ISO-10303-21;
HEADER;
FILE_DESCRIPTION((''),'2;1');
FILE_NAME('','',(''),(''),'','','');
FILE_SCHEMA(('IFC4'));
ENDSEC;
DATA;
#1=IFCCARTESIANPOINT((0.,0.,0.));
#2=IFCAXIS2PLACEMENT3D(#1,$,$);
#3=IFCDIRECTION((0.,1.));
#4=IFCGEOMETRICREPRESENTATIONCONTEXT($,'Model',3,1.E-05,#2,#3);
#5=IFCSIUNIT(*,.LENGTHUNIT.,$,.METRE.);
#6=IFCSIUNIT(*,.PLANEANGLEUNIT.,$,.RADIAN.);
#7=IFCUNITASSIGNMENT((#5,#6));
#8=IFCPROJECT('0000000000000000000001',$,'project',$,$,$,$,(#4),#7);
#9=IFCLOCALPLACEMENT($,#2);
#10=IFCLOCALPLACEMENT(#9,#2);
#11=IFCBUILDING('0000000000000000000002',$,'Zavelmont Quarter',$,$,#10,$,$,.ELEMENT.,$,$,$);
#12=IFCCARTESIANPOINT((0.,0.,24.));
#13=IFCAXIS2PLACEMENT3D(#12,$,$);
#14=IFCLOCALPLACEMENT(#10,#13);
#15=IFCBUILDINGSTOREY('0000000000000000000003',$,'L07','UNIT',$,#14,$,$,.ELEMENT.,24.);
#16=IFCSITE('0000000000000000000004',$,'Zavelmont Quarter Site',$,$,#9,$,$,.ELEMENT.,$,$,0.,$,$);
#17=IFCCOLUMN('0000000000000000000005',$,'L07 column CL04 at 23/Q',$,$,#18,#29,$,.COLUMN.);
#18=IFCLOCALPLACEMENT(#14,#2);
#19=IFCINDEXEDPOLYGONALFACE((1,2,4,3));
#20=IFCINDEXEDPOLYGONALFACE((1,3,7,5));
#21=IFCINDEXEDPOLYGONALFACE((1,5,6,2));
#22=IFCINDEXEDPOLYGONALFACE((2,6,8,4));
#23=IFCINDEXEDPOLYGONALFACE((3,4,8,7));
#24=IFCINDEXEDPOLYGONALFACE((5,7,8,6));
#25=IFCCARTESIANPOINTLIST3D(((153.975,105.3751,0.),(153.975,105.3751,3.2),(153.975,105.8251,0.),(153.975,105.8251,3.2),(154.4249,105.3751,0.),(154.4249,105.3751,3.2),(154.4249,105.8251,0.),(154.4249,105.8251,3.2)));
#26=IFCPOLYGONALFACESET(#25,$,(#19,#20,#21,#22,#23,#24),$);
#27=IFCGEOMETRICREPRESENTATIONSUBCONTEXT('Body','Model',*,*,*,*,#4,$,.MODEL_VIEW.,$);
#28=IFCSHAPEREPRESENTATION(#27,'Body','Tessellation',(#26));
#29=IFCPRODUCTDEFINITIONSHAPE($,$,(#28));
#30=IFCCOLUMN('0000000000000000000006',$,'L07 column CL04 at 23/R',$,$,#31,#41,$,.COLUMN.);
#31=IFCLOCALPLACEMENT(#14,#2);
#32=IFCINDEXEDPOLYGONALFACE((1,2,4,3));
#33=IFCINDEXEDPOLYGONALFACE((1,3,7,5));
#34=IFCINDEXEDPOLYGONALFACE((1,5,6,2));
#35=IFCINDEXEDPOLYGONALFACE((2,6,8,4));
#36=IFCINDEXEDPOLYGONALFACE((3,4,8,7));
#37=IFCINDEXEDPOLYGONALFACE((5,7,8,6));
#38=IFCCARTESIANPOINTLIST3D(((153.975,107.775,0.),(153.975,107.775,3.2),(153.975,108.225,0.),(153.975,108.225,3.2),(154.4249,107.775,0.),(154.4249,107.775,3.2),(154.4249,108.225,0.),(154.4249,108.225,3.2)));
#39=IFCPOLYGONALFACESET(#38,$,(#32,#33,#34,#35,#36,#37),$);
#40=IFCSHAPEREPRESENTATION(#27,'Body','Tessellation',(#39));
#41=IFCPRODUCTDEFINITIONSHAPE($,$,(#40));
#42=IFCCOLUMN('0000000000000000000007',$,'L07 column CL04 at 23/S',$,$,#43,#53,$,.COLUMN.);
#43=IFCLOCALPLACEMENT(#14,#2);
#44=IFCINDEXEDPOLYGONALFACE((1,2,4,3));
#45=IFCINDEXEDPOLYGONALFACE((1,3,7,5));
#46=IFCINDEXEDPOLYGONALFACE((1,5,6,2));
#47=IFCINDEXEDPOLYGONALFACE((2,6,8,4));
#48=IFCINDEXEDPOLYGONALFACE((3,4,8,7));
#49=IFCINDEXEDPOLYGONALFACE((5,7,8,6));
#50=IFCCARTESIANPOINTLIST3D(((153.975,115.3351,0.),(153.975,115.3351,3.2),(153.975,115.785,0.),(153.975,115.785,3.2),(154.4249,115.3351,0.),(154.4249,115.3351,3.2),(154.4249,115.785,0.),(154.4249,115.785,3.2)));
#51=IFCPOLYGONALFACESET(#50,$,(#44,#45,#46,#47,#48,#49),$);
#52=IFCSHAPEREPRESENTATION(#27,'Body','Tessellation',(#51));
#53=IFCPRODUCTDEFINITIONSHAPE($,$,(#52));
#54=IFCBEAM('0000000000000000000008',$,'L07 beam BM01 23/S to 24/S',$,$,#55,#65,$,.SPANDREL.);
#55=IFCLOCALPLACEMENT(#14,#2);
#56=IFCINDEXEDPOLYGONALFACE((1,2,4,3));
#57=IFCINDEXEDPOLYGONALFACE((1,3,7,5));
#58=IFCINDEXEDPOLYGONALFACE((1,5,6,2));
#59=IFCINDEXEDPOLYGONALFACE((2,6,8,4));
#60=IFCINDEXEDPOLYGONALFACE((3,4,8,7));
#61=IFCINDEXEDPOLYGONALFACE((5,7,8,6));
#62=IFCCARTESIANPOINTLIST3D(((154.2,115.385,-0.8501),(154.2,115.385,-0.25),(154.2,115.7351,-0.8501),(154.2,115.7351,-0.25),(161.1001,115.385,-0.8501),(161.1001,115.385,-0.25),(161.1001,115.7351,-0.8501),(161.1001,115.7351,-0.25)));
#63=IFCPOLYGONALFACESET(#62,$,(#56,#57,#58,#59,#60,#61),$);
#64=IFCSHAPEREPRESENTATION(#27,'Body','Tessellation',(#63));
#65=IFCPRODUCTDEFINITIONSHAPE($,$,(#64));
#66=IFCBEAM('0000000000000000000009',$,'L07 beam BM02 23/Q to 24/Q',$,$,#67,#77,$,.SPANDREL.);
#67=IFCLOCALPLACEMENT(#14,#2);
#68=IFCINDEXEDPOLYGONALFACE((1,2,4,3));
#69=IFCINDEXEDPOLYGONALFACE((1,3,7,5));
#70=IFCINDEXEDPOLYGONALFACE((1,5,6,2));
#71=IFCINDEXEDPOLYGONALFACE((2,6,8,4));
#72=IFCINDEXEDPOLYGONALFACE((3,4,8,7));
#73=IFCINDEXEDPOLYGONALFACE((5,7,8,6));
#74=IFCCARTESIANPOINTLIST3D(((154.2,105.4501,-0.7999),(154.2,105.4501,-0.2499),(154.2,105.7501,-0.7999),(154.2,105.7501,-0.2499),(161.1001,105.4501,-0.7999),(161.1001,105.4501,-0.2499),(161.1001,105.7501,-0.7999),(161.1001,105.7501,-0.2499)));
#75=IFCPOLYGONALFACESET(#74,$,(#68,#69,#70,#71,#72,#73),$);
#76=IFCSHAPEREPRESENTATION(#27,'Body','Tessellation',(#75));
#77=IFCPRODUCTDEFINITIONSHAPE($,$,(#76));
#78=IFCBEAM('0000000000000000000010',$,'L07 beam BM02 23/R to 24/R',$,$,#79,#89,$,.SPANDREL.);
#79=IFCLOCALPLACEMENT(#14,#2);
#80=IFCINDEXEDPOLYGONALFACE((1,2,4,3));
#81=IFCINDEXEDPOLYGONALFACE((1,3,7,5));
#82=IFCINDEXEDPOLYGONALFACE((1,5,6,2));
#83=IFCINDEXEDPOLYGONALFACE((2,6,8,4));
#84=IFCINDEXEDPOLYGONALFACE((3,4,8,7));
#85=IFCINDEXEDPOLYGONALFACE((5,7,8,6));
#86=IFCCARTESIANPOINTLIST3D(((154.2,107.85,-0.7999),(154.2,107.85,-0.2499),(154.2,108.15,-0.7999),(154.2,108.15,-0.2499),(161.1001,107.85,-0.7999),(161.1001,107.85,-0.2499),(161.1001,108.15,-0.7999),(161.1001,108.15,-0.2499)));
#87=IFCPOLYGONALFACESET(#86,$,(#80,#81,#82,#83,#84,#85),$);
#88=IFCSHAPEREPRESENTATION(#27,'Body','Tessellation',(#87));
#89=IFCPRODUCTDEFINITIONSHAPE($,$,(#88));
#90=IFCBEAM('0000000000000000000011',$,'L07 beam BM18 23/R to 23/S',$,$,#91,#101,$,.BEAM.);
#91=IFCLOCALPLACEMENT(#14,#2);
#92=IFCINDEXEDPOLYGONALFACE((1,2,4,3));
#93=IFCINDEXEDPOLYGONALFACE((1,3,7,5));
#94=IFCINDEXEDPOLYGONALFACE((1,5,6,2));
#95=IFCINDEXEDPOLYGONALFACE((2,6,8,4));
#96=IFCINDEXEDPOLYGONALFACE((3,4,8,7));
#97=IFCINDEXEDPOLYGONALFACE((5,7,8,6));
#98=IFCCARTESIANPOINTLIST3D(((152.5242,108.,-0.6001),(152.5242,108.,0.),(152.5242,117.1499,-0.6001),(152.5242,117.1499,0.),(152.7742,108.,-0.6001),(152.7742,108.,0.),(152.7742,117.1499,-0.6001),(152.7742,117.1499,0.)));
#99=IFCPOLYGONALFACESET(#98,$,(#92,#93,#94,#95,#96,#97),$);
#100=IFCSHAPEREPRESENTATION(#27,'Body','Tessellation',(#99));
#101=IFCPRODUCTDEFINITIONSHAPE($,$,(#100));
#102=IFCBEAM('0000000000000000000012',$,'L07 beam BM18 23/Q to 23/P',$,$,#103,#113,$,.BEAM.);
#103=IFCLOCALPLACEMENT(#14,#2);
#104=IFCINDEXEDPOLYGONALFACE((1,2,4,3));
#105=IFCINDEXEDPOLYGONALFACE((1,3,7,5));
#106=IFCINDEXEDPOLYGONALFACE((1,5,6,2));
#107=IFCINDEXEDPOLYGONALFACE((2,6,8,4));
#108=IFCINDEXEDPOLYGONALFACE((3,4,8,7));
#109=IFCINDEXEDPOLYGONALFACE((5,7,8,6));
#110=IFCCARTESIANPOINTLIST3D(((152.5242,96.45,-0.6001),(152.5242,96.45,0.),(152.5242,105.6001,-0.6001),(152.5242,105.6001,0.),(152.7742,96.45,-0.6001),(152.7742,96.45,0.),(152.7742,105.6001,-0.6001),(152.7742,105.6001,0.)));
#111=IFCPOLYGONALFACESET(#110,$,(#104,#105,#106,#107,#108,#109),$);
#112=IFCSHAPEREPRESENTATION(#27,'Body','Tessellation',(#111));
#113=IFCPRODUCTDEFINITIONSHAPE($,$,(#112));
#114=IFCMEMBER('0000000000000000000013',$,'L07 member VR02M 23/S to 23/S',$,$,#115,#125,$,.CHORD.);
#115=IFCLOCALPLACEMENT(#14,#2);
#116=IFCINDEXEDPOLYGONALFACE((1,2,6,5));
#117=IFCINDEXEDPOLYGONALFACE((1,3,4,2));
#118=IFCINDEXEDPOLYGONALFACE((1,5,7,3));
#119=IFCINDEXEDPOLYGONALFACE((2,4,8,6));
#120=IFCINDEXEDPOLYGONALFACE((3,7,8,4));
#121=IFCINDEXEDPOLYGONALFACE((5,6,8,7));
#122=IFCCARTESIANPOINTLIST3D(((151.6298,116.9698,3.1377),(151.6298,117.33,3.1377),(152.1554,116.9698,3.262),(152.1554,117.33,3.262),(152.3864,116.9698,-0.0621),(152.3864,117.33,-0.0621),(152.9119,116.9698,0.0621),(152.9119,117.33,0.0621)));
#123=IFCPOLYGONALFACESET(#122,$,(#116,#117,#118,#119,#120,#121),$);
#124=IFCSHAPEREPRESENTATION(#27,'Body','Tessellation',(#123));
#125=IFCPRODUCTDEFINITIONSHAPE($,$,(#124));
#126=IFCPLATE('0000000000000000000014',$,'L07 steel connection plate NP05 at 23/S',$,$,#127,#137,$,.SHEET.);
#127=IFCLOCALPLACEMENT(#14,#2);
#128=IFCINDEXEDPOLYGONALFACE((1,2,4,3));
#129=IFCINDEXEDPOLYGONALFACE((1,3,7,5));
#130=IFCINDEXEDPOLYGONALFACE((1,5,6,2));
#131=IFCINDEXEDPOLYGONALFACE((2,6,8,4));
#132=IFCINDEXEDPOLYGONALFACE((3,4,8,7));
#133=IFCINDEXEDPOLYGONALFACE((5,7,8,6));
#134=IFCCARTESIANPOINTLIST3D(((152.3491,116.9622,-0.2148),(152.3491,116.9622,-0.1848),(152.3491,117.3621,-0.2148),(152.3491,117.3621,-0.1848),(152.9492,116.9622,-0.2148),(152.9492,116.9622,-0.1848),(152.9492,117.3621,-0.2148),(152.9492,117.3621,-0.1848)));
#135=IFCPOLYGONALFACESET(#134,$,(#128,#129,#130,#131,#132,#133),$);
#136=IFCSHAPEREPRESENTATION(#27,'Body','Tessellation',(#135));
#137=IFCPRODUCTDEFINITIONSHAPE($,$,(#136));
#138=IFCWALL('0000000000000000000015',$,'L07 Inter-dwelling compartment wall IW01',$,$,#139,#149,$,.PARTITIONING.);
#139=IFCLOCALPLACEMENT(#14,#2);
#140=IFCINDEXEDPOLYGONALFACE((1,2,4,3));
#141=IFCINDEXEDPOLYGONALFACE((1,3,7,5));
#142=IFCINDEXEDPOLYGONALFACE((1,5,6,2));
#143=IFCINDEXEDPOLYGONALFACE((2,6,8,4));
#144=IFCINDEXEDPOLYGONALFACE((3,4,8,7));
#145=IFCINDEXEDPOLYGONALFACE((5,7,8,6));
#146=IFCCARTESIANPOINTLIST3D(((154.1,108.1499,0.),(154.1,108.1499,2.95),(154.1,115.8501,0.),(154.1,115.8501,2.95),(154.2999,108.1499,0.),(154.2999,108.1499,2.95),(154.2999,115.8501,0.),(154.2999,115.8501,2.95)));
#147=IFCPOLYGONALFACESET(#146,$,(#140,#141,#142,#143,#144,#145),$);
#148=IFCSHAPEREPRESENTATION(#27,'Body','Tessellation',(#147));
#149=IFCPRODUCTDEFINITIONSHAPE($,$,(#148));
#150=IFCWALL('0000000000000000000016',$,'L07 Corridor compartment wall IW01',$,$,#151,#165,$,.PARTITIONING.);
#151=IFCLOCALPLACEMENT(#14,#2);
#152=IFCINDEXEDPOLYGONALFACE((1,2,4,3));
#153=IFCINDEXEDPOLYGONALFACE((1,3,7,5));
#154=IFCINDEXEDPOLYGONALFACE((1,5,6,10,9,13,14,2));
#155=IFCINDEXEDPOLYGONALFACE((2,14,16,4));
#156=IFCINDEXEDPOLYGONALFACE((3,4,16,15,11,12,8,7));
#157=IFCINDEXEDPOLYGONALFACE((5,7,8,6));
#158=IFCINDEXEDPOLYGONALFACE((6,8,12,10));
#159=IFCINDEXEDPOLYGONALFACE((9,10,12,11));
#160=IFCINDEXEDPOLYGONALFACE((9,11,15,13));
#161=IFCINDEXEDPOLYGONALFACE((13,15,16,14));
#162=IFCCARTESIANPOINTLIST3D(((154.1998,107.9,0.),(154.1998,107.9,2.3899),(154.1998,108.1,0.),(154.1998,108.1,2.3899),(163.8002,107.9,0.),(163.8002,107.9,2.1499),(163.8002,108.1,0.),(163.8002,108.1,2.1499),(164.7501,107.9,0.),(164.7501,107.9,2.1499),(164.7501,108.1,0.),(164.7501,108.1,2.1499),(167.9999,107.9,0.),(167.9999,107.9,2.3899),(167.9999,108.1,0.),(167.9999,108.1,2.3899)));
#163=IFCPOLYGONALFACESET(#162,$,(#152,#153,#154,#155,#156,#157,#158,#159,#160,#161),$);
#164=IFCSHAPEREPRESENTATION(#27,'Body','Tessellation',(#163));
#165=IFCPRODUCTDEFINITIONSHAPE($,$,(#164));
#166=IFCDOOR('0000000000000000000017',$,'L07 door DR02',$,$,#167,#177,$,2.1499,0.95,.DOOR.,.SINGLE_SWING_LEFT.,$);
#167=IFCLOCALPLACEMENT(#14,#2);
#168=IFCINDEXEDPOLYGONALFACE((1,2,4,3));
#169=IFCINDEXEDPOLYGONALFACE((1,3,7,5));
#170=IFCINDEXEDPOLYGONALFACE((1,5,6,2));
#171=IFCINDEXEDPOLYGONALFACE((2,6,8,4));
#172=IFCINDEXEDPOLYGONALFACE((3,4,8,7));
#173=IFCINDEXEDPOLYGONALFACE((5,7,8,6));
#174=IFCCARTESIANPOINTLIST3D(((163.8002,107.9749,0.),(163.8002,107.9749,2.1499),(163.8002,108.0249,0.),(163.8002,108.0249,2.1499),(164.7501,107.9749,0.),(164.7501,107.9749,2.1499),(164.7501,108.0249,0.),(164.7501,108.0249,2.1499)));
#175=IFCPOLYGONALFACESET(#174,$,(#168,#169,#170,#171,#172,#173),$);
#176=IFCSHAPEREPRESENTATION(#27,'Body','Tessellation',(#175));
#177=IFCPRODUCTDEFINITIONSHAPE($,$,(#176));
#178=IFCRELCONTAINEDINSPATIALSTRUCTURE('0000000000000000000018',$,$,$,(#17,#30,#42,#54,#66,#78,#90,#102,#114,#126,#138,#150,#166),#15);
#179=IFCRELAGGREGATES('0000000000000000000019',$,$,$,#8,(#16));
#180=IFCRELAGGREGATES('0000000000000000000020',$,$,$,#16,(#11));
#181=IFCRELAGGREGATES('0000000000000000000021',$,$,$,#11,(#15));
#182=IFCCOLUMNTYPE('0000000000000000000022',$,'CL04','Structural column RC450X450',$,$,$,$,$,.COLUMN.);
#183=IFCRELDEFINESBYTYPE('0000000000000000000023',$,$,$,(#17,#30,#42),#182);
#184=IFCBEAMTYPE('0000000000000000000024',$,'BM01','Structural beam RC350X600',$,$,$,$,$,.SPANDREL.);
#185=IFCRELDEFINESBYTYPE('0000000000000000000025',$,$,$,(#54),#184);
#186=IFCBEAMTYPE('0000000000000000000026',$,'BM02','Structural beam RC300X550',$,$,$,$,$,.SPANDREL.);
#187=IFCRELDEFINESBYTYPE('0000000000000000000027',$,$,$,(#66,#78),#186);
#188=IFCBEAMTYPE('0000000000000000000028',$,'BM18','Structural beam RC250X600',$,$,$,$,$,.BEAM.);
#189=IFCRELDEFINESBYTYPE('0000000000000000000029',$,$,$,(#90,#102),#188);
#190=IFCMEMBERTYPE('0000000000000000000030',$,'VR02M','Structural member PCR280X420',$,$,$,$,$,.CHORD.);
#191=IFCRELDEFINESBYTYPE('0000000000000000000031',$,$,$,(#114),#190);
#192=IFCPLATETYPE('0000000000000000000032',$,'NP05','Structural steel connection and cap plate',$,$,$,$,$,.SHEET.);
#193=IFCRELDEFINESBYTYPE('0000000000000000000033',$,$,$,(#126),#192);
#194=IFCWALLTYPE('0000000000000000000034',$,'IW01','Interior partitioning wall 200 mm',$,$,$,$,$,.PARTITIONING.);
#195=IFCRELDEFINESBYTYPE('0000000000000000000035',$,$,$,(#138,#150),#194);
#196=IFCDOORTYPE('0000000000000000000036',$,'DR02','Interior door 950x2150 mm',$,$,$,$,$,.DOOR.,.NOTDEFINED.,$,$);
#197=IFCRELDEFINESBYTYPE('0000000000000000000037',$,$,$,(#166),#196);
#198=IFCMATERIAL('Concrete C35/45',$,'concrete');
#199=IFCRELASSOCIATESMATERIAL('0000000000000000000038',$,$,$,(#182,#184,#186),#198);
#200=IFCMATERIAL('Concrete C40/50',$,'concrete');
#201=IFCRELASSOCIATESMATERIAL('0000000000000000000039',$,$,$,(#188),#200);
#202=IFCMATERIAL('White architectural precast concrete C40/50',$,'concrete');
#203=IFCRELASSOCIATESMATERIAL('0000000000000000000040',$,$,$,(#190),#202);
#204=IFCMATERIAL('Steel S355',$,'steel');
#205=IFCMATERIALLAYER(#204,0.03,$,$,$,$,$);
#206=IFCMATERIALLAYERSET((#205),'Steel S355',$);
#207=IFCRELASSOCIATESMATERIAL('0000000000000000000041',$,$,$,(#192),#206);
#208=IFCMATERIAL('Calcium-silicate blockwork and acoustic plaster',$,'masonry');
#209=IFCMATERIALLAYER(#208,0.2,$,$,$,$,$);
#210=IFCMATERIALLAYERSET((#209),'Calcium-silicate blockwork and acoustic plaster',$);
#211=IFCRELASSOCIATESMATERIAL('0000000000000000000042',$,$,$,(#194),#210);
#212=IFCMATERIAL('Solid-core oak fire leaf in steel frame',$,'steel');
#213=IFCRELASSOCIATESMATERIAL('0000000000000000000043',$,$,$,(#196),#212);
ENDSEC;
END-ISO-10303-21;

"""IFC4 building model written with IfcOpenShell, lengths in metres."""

from ifc_helpers import new_model, si_unit, direction, frame, frame_2d, origin, origin_with_axes, origin_2d, place, context, subcontext, project, spatial, rectangle, extrude, material, layer, layer_set, material_profile, profile_set, type_object, element, fill, save


model = new_model("IFC4")

# Units and contexts
model_context = context("Model", 3, precision=1e-05, world=origin(), true_north=direction((0.0, 1.0)))
body_context = subcontext(model_context, "Body", "Model", "MODEL_VIEW")
ifc_project = project(units=[si_unit("LENGTHUNIT", "METRE"), si_unit("PLANEANGLEUNIT", "RADIAN")], contexts=[model_context])

# Site, building, storey
site_placement = place(None, origin())
site = spatial("IfcSite", under=ifc_project, at=site_placement, Name="Zavelmont Quarter Site", CompositionType="ELEMENT", RefElevation=0.0)
building_placement = place(site_placement, origin())
building = spatial("IfcBuilding", under=site, at=building_placement, Name="Zavelmont Quarter", CompositionType="ELEMENT")
storey_placement = place(building_placement, frame((0.0, 0.0, 24.0)))
storey = spatial("IfcBuildingStorey", under=building, at=storey_placement, Name="L07", Description="UNIT", CompositionType="ELEMENT", Elevation=24.0)

# Columns
ifc_material_1 = material(Name="Concrete C35/45", Category="concrete")
ifc_material_profile_1 = material_profile(ifc_material_1, rectangle(XDim=0.45, YDim=0.45, at=origin_2d()), Name="RC450X450")
ifc_profile_set_1 = profile_set([ifc_material_profile_1], Name="Concrete C35/45")
column_type = type_object("IfcColumnType", Name="CL04", Description="Structural column RC450X450", PredefinedType="COLUMN", material=ifc_profile_set_1)
for number, where, z_axis, x_axis, name in (
    (1, (154.2, 105.6001, 0.0), (0.0, 0.0, 1.0), (1.0, 0.0, 0.0), "L07 column CL04 at 23/Q"),
    (2, (154.2, 108.0, 0.0), (0.0, 0.0, 1.0), (1.0, 0.0, 0.0), "L07 column CL04 at 23/R"),
    (3, (154.2, 115.5601, 0.0), (0.0, 0.0, 1.0), (1.0, 0.0, 0.0), "L07 column CL04 at 23/S"),
):
    element("IfcColumn", number, at=place(storey_placement, frame(where, z_axis=z_axis, x_axis=x_axis)), inside=storey, type_object=column_type, Name=name, PredefinedType="COLUMN", context=body_context, shape_type="SweptSolid", body=[
        extrude(rectangle(XDim=0.45, YDim=0.45, at=origin_2d()), origin(), (0.0, 0.0, 1.0), 3.2),
    ])

# Beams
ifc_material_profile_2 = material_profile(ifc_material_1, rectangle(XDim=0.3501, YDim=0.6001, at=origin_2d()), Name="RC350X600")
ifc_profile_set_2 = profile_set([ifc_material_profile_2], Name="Concrete C35/45")
beam_type_1 = type_object("IfcBeamType", Name="BM01", Description="Structural beam RC350X600", PredefinedType="SPANDREL", material=ifc_profile_set_2)
beam_1_placement = place(storey_placement, frame((154.2, 115.5601, -0.55), z_axis=(1.0, 0.0, 0.0), x_axis=(0.0, 1.0, 0.0)))
element("IfcBeam", 4, at=beam_1_placement, inside=storey, type_object=beam_type_1, Name="L07 beam BM01 23/S to 24/S", PredefinedType="SPANDREL", context=body_context, shape_type="SweptSolid", body=[
    extrude(rectangle(XDim=0.3501, YDim=0.6001, at=origin_2d()), origin(), (0.0, 0.0, 1.0), 6.9001),
])
ifc_material_profile_3 = material_profile(ifc_material_1, rectangle(XDim=0.3, YDim=0.55, at=origin_2d()), Name="RC300X550")
ifc_profile_set_3 = profile_set([ifc_material_profile_3], Name="Concrete C35/45")
beam_type_2 = type_object("IfcBeamType", Name="BM02", Description="Structural beam RC300X550", PredefinedType="SPANDREL", material=ifc_profile_set_3)
for number, where, z_axis, x_axis, name in (
    (5, (154.2, 105.6001, -0.5249), (1.0, 0.0, 0.0), (0.0, 1.0, 0.0), "L07 beam BM02 23/Q to 24/Q"),
    (6, (154.2, 108.0, -0.5249), (1.0, 0.0, 0.0), (0.0, 1.0, 0.0), "L07 beam BM02 23/R to 24/R"),
):
    element("IfcBeam", number, at=place(storey_placement, frame(where, z_axis=z_axis, x_axis=x_axis)), inside=storey, type_object=beam_type_2, Name=name, PredefinedType="SPANDREL", context=body_context, shape_type="SweptSolid", body=[
        extrude(rectangle(XDim=0.3, YDim=0.55, at=origin_2d()), origin(), (0.0, 0.0, 1.0), 6.9001),
    ])
ifc_material_2 = material(Name="Concrete C40/50", Category="concrete")
ifc_material_profile_4 = material_profile(ifc_material_2, rectangle(XDim=0.25, YDim=0.6001, at=origin_2d()), Name="RC250X600")
ifc_profile_set_4 = profile_set([ifc_material_profile_4], Name="Concrete C40/50")
beam_type_3 = type_object("IfcBeamType", Name="BM18", Description="Structural beam RC250X600", PredefinedType="BEAM", material=ifc_profile_set_4)
beam_2_placement = place(storey_placement, frame((152.6492, 108.0, -0.3), z_axis=(0.0, 1.0, 0.0), x_axis=(-1.0, 0.0, 0.0)))
element("IfcBeam", 7, at=beam_2_placement, inside=storey, type_object=beam_type_3, Name="L07 beam BM18 23/R to 23/S", PredefinedType="BEAM", context=body_context, shape_type="SweptSolid", body=[
    extrude(rectangle(XDim=0.25, YDim=0.6001, at=origin_2d()), origin(), (0.0, 0.0, 1.0), 9.1499),
])
beam_3_placement = place(storey_placement, frame((152.6492, 105.6001, -0.3), z_axis=(0.0, -1.0, 0.0), x_axis=(1.0, 0.0, 0.0)))
element("IfcBeam", 8, at=beam_3_placement, inside=storey, type_object=beam_type_3, Name="L07 beam BM18 23/Q to 23/P", PredefinedType="BEAM", context=body_context, shape_type="SweptSolid", body=[
    extrude(rectangle(XDim=0.25, YDim=0.6001, at=origin_2d()), origin(), (0.0, 0.0, 1.0), 9.1501),
])

# Member
ifc_material_3 = material(Name="White architectural precast concrete C40/50", Category="concrete")
ifc_material_profile_5 = material_profile(ifc_material_3, rectangle(XDim=0.3601, YDim=0.54, at=origin_2d()), Name="PCR280X420")
ifc_profile_set_5 = profile_set([ifc_material_profile_5], Name="White architectural precast concrete C40/50")
member_type = type_object("IfcMemberType", Name="VR02M", Description="Structural member PCR280X420", PredefinedType="CHORD", material=ifc_profile_set_5)
member_placement = place(storey_placement, frame((152.6492, 117.1499, 0.0), z_axis=(-0.230094, 0.0, 0.973168), x_axis=(0.0, -1.0, 0.0)))
element("IfcMember", 9, at=member_placement, inside=storey, type_object=member_type, Name="L07 member VR02M 23/S to 23/S", PredefinedType="CHORD", context=body_context, shape_type="SweptSolid", body=[
    extrude(rectangle(XDim=0.3601, YDim=0.54, at=origin_2d()), origin(), (0.0, 0.0, 1.0), 3.2881),
])

# Plate
ifc_material_4 = material(Name="Steel S355", Category="steel")
ifc_layer_1 = layer(ifc_material_4, 0.03)
ifc_layer_set_1 = layer_set([ifc_layer_1], Name="Steel S355")
plate_type = type_object("IfcPlateType", Name="NP05", Description="Structural steel connection and cap plate", PredefinedType="SHEET", material=ifc_layer_set_1)
plate_placement = place(storey_placement, frame((152.6492, 117.1621, -0.2148), z_axis=(0.0, 0.0, 1.0), x_axis=(1.0, 0.0, 0.0)))
element("IfcPlate", 10, at=plate_placement, inside=storey, type_object=plate_type, Name="L07 steel connection plate NP05 at 23/S", PredefinedType="SHEET", context=body_context, shape_type="SweptSolid", body=[
    extrude(rectangle(XDim=0.6001, YDim=0.3999, at=origin_2d()), origin(), (0.0, 0.0, 1.0), 0.03),
])

# Wall
ifc_material_5 = material(Name="Calcium-silicate blockwork and acoustic plaster", Category="masonry")
ifc_layer_2 = layer(ifc_material_5, 0.2)
ifc_layer_set_2 = layer_set([ifc_layer_2], Name="Calcium-silicate blockwork and acoustic plaster")
wall_type_1 = type_object("IfcWallType", Name="IW01", Description="Interior partitioning wall 200 mm", PredefinedType="PARTITIONING", material=ifc_layer_set_2)
wall_1_placement = place(storey_placement, frame((154.2, 108.1499, 0.0), z_axis=(0.0, 0.0, 1.0), x_axis=(0.0, 1.0, 0.0)))
element("IfcWall", 11, at=wall_1_placement, inside=storey, type_object=wall_type_1, Name="L07 Inter-dwelling compartment wall IW01", PredefinedType="PARTITIONING", context=body_context, shape_type="SweptSolid", body=[
    extrude(rectangle(XDim=7.7002, YDim=0.2, at=frame_2d((3.8501, 0.0))), origin(), (0.0, 0.0, 1.0), 2.95),
])

# Wall, opening, door
wall_2_placement = place(storey_placement, frame((154.2, 108.0, 0.0), z_axis=(0.0, 0.0, 1.0), x_axis=(1.0, 0.0, 0.0)))
wall_2 = element("IfcWall", 12, at=wall_2_placement, inside=storey, type_object=wall_type_1, Name="L07 Corridor compartment wall IW01", PredefinedType="PARTITIONING", context=body_context, shape_type="SweptSolid", body=[
    extrude(rectangle(XDim=13.8, YDim=0.2, at=frame_2d((6.8999, 0.0))), origin(), (0.0, 0.0, 1.0), 2.3899),
])
opening_1_placement = place(wall_2_placement, frame((9.6001, 0.0, 0.0)))
opening_1 = element("IfcOpeningElement", 13, at=opening_1_placement, cuts=wall_2, PredefinedType="OPENING", context=body_context, shape_type="SweptSolid", body=[
    extrude(rectangle(XDim=0.95, YDim=2.1499, at=frame_2d((0.4751, 1.075))), frame((0.0, 0.1118, 0.0), z_axis=(0.0, -1.0, 0.0), x_axis=(1.0, 0.0, 0.0)), (0.0, 0.0, 1.0), 0.2239),
])
ifc_material_6 = material(Name="Solid-core oak fire leaf in steel frame", Category="steel")
door_type_1 = type_object("IfcDoorType", Name="DR02", Description="Interior door 950x2150 mm", OperationType="NOTDEFINED", PredefinedType="DOOR", material=ifc_material_6)
door_1_placement = place(opening_1_placement, origin_with_axes())
door_1 = element("IfcDoor", 14, at=door_1_placement, inside=storey, type_object=door_type_1, Name="L07 door DR02", OperationType="SINGLE_SWING_LEFT", OverallHeight=2.1499, OverallWidth=0.95, PredefinedType="DOOR", context=body_context, shape_type="SweptSolid", body=[
    extrude(rectangle(XDim=0.95, YDim=2.1499, at=frame_2d((0.4751, 1.075))), frame((0.0, 0.0249, 0.0), z_axis=(0.0, -1.0, 0.0), x_axis=(1.0, 0.0, 0.0)), (0.0, 0.0, 1.0), 0.05),
])
fill(opening_1, door_1)

save(model, "model.ifc")
